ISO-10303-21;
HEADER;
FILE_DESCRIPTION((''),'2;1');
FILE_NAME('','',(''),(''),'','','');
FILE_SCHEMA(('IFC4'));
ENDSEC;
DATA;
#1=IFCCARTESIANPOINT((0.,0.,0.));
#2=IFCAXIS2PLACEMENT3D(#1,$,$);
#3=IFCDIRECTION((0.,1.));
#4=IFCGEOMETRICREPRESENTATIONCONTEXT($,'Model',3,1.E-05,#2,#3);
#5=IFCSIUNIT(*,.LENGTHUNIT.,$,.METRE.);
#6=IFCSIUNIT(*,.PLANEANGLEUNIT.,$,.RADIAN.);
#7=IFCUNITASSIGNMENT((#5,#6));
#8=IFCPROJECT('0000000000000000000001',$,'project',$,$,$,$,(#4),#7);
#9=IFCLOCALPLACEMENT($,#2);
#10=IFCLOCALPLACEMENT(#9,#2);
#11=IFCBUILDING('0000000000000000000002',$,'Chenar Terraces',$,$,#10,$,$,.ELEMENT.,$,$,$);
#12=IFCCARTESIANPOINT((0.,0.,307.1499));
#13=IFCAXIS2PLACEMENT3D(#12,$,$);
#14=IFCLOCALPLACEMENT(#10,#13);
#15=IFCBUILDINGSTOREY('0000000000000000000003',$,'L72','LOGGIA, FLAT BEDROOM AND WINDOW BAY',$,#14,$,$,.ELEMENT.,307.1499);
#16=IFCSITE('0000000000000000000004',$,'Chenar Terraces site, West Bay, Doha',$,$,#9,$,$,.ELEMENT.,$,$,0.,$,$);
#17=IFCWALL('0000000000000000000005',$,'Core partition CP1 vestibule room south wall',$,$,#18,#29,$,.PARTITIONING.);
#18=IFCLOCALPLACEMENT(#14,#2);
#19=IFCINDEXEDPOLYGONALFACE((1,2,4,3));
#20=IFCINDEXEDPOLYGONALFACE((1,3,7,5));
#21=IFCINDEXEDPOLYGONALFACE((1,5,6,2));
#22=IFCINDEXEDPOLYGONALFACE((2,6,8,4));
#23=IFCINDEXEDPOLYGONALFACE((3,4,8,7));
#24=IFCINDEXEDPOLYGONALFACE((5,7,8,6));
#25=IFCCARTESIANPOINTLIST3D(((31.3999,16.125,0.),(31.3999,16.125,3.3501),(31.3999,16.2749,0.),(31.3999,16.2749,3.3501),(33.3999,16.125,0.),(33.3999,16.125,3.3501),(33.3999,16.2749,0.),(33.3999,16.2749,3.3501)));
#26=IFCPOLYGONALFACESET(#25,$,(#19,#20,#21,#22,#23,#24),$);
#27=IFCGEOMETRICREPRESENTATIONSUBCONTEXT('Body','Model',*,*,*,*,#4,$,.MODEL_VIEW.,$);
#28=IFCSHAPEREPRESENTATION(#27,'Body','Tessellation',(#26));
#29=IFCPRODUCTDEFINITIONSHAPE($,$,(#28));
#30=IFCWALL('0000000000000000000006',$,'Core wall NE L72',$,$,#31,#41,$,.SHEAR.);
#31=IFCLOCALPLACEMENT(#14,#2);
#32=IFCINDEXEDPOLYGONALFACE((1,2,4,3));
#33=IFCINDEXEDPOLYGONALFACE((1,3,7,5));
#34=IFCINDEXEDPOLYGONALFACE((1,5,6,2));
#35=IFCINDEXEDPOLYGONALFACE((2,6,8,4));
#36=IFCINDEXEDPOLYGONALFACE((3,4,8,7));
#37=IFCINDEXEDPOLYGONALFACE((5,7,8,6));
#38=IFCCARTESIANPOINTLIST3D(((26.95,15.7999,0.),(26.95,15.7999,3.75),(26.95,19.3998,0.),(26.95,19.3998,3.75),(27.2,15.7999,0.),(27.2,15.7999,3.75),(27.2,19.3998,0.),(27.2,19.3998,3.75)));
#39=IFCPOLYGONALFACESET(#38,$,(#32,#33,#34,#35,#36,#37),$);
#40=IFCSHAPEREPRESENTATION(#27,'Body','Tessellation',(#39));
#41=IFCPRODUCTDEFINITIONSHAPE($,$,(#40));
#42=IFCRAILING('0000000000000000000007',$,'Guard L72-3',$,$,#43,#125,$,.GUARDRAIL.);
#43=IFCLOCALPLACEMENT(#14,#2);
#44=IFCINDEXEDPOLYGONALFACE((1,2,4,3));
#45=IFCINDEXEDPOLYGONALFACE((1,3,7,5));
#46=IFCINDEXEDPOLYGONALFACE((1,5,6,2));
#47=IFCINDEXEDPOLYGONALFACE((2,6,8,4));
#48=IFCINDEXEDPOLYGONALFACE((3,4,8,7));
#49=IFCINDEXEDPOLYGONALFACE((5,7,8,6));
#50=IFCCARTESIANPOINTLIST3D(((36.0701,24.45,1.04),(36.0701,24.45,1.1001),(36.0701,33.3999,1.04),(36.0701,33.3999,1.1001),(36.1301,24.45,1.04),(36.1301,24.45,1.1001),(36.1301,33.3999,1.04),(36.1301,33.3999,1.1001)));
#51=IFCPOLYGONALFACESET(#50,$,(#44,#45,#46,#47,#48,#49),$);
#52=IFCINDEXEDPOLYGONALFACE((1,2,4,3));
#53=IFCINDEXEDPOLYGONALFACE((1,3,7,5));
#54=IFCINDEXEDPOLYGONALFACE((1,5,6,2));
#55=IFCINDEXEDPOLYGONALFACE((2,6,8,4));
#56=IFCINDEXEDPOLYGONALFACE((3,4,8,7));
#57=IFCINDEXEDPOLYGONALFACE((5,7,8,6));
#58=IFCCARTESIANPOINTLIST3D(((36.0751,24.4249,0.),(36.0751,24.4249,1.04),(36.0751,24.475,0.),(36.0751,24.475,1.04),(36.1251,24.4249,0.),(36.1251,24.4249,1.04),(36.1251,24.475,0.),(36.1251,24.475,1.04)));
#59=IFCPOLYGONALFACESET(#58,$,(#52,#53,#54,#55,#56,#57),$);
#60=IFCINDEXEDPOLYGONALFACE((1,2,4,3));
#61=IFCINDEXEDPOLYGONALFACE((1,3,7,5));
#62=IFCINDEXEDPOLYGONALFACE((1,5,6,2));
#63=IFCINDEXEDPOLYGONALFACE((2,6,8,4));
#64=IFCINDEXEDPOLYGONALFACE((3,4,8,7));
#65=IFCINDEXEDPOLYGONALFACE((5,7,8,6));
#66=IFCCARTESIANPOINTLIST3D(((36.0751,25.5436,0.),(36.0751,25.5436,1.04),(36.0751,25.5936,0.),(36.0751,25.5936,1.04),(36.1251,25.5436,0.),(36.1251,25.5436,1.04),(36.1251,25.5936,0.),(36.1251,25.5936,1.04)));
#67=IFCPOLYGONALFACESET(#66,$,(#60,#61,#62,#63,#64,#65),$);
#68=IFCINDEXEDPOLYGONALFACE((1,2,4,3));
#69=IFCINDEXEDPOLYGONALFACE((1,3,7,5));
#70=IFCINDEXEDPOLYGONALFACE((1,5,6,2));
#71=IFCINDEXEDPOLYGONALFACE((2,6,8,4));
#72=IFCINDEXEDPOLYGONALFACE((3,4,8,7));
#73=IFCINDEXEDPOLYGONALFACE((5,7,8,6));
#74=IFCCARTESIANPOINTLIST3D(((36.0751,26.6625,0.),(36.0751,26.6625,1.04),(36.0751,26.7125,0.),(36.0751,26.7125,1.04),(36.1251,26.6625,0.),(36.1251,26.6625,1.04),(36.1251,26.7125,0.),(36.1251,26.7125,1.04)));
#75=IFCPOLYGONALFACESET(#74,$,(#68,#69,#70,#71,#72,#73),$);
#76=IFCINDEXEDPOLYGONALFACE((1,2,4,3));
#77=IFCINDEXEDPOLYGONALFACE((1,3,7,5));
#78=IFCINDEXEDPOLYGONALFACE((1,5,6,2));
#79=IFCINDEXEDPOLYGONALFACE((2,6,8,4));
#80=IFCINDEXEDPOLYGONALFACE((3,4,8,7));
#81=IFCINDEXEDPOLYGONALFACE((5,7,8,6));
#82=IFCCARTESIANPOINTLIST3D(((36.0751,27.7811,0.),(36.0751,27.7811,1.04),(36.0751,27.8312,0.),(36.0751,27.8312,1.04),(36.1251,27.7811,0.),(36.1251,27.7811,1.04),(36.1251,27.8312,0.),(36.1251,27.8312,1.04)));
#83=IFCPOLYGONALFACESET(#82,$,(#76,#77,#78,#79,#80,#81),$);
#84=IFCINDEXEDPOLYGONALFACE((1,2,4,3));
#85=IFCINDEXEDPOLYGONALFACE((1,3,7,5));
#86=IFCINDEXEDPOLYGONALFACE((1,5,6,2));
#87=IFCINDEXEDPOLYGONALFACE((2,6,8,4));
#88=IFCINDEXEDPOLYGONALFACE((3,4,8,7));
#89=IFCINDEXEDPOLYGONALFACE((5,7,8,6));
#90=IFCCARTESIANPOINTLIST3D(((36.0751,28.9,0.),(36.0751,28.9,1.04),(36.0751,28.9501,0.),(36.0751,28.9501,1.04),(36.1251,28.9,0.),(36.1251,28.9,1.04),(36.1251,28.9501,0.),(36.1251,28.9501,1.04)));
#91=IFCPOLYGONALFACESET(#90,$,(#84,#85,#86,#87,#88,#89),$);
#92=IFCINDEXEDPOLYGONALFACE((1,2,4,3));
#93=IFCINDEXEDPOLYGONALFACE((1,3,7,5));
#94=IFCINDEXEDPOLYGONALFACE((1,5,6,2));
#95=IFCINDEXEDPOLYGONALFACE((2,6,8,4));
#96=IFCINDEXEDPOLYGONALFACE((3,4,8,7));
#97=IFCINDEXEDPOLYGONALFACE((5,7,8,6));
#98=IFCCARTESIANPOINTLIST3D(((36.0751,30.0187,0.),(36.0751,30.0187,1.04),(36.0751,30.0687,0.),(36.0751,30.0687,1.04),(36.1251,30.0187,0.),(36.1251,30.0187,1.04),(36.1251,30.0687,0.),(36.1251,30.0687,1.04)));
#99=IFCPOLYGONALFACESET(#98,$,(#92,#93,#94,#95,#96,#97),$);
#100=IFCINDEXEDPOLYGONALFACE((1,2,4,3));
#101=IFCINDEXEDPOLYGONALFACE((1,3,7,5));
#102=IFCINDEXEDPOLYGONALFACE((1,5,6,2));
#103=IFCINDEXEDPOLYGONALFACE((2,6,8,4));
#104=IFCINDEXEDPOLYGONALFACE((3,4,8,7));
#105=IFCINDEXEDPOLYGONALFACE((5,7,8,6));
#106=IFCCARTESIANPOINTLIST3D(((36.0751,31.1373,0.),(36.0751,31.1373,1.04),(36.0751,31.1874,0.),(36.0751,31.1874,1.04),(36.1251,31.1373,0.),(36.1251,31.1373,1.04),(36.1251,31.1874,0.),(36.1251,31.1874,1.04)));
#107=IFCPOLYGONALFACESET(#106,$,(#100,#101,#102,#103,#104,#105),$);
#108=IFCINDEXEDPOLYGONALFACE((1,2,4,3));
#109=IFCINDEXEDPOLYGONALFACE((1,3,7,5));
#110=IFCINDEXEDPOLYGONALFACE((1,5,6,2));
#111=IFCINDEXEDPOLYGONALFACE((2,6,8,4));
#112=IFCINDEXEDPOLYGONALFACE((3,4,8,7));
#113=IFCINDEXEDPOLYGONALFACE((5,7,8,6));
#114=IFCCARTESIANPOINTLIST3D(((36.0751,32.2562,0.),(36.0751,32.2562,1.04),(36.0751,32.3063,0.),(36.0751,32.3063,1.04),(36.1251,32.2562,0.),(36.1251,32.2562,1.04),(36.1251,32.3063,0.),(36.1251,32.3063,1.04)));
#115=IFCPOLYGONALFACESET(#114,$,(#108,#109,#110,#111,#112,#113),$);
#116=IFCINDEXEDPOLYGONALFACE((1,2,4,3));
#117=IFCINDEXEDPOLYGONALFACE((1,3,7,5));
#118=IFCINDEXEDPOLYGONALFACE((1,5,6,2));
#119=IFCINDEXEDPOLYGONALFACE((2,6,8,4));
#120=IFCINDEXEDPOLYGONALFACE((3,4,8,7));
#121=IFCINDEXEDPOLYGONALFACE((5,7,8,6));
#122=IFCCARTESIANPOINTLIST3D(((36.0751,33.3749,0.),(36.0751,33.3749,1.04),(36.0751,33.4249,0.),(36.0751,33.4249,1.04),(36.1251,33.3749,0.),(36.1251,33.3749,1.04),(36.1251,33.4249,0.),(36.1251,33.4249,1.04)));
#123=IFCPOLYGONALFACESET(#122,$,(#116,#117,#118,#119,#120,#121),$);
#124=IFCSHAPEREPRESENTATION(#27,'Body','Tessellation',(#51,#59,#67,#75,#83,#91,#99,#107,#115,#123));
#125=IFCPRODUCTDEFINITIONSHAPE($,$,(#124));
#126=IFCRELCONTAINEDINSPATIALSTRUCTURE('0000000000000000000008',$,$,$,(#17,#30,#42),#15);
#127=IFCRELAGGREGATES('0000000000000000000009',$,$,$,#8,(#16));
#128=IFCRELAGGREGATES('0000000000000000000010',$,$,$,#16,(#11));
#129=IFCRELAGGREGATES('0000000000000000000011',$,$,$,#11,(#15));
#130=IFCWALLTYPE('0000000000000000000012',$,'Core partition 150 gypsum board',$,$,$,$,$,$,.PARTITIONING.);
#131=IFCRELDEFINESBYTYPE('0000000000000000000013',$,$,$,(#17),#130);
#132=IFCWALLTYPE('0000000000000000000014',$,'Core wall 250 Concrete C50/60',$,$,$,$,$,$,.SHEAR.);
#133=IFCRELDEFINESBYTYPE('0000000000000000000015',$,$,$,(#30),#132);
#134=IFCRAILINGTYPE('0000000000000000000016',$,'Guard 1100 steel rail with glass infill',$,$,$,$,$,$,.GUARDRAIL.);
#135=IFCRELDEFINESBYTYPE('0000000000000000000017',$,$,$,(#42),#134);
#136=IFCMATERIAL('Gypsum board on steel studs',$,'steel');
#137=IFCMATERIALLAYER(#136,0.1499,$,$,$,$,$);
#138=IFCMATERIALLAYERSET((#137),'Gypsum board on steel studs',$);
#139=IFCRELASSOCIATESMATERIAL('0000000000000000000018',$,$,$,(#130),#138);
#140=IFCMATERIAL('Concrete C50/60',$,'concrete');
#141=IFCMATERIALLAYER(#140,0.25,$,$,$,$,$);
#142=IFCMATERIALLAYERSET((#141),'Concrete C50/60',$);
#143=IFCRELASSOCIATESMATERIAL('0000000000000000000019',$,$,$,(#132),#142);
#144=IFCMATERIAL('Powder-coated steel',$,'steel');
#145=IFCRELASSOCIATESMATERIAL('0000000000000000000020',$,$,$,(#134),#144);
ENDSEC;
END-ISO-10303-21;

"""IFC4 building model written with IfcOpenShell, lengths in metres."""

from ifc_helpers import new_model, si_unit, direction, frame, frame_2d, origin, origin_2d, place, context, subcontext, project, spatial, rectangle, extrude, material, layer, layer_set, type_object, element, save


model = new_model("IFC4")

# Units and contexts
model_context = context("Model", 3, precision=1e-05, world=origin(), true_north=direction((0.0, 1.0)))
body_context = subcontext(model_context, "Body", "Model", "MODEL_VIEW")
ifc_project = project(units=[si_unit("LENGTHUNIT", "METRE"), si_unit("PLANEANGLEUNIT", "RADIAN")], contexts=[model_context])

# Site, building, storey
site_placement = place(None, origin())
site = spatial("IfcSite", under=ifc_project, at=site_placement, Name="Chenar Terraces site, West Bay, Doha", CompositionType="ELEMENT", RefElevation=0.0)
building_placement = place(site_placement, origin())
building = spatial("IfcBuilding", under=site, at=building_placement, Name="Chenar Terraces", CompositionType="ELEMENT")
storey_placement = place(building_placement, frame((0.0, 0.0, 307.1499)))
storey = spatial("IfcBuildingStorey", under=building, at=storey_placement, Name="L72", Description="LOGGIA, FLAT BEDROOM AND WINDOW BAY", CompositionType="ELEMENT", Elevation=307.1499)

# Shared definitions
ifc_material_1 = material(Name="Gypsum board on steel studs", Category="steel")
ifc_layer_1 = layer(ifc_material_1, 0.1499)
ifc_layer_set_1 = layer_set([ifc_layer_1], Name="Gypsum board on steel studs")
wall_type_1 = type_object("IfcWallType", Name="Core partition 150 gypsum board", PredefinedType="PARTITIONING", material=ifc_layer_set_1)

# Walls
wall_1_placement = place(storey_placement, frame((31.3999, 16.2, 0.0), z_axis=(0.0, 0.0, 1.0), x_axis=(1.0, 0.0, 0.0)))
element("IfcWall", 1, at=wall_1_placement, inside=storey, type_object=wall_type_1, Name="Core partition CP1 vestibule room south wall", PredefinedType="PARTITIONING", context=body_context, shape_type="SweptSolid", body=[
    extrude(rectangle(XDim=2.0, YDim=0.1499, at=frame_2d((1.0, 0.0))), origin(), (0.0, 0.0, 1.0), 3.3501),
])
ifc_material_2 = material(Name="Concrete C50/60", Category="concrete")
ifc_layer_2 = layer(ifc_material_2, 0.25)
ifc_layer_set_2 = layer_set([ifc_layer_2], Name="Concrete C50/60")
wall_type_2 = type_object("IfcWallType", Name="Core wall 250 Concrete C50/60", PredefinedType="SHEAR", material=ifc_layer_set_2)
wall_2_placement = place(storey_placement, frame((27.075, 15.8, 0.0), z_axis=(0.0, 0.0, 1.0), x_axis=(0.0, 1.0, 0.0)))
element("IfcWall", 2, at=wall_2_placement, inside=storey, type_object=wall_type_2, Name="Core wall NE L72", PredefinedType="SHEAR", context=body_context, shape_type="SweptSolid", body=[
    extrude(rectangle(XDim=3.5999, YDim=0.25, at=frame_2d((1.7998, 0.0))), origin(), (0.0, 0.0, 1.0), 3.75),
])

# Railing
ifc_material_3 = material(Name="Powder-coated steel", Category="steel")
railing_type = type_object("IfcRailingType", Name="Guard 1100 steel rail with glass infill", PredefinedType="GUARDRAIL", material=ifc_material_3)
railing_placement = place(storey_placement, frame((36.1001, 24.45, 0.0)))
element("IfcRailing", 3, at=railing_placement, inside=storey, type_object=railing_type, Name="Guard L72-3", PredefinedType="GUARDRAIL", context=body_context, shape_type="SweptSolid", body=[
    extrude(rectangle(XDim=0.0601, YDim=0.0601, at=origin_2d()), frame((0.0, 0.0, 1.0701), z_axis=(0.0, 1.0, 0.0), x_axis=(-1.0, 0.0, 0.0)), (0.0, 0.0, 1.0), 8.95),
    extrude(rectangle(XDim=0.05, YDim=0.05, at=origin_2d()), origin(), (0.0, 0.0, 1.0), 1.04),
    extrude(rectangle(XDim=0.05, YDim=0.05, at=origin_2d()), frame((0.0, 1.1187, 0.0)), (0.0, 0.0, 1.0), 1.04),
    extrude(rectangle(XDim=0.05, YDim=0.05, at=origin_2d()), frame((0.0, 2.2375, 0.0)), (0.0, 0.0, 1.0), 1.04),
    extrude(rectangle(XDim=0.05, YDim=0.05, at=origin_2d()), frame((0.0, 3.3562, 0.0)), (0.0, 0.0, 1.0), 1.04),
    extrude(rectangle(XDim=0.05, YDim=0.05, at=origin_2d()), frame((0.0, 4.4751, 0.0)), (0.0, 0.0, 1.0), 1.04),
    extrude(rectangle(XDim=0.05, YDim=0.05, at=origin_2d()), frame((0.0, 5.5938, 0.0)), (0.0, 0.0, 1.0), 1.04),
    extrude(rectangle(XDim=0.05, YDim=0.05, at=origin_2d()), frame((0.0, 6.7124, 0.0)), (0.0, 0.0, 1.0), 1.04),
    extrude(rectangle(XDim=0.05, YDim=0.05, at=origin_2d()), frame((0.0, 7.8313, 0.0)), (0.0, 0.0, 1.0), 1.04),
    extrude(rectangle(XDim=0.05, YDim=0.05, at=origin_2d()), frame((0.0, 8.95, 0.0)), (0.0, 0.0, 1.0), 1.04),
])

save(model, "model.ifc")
